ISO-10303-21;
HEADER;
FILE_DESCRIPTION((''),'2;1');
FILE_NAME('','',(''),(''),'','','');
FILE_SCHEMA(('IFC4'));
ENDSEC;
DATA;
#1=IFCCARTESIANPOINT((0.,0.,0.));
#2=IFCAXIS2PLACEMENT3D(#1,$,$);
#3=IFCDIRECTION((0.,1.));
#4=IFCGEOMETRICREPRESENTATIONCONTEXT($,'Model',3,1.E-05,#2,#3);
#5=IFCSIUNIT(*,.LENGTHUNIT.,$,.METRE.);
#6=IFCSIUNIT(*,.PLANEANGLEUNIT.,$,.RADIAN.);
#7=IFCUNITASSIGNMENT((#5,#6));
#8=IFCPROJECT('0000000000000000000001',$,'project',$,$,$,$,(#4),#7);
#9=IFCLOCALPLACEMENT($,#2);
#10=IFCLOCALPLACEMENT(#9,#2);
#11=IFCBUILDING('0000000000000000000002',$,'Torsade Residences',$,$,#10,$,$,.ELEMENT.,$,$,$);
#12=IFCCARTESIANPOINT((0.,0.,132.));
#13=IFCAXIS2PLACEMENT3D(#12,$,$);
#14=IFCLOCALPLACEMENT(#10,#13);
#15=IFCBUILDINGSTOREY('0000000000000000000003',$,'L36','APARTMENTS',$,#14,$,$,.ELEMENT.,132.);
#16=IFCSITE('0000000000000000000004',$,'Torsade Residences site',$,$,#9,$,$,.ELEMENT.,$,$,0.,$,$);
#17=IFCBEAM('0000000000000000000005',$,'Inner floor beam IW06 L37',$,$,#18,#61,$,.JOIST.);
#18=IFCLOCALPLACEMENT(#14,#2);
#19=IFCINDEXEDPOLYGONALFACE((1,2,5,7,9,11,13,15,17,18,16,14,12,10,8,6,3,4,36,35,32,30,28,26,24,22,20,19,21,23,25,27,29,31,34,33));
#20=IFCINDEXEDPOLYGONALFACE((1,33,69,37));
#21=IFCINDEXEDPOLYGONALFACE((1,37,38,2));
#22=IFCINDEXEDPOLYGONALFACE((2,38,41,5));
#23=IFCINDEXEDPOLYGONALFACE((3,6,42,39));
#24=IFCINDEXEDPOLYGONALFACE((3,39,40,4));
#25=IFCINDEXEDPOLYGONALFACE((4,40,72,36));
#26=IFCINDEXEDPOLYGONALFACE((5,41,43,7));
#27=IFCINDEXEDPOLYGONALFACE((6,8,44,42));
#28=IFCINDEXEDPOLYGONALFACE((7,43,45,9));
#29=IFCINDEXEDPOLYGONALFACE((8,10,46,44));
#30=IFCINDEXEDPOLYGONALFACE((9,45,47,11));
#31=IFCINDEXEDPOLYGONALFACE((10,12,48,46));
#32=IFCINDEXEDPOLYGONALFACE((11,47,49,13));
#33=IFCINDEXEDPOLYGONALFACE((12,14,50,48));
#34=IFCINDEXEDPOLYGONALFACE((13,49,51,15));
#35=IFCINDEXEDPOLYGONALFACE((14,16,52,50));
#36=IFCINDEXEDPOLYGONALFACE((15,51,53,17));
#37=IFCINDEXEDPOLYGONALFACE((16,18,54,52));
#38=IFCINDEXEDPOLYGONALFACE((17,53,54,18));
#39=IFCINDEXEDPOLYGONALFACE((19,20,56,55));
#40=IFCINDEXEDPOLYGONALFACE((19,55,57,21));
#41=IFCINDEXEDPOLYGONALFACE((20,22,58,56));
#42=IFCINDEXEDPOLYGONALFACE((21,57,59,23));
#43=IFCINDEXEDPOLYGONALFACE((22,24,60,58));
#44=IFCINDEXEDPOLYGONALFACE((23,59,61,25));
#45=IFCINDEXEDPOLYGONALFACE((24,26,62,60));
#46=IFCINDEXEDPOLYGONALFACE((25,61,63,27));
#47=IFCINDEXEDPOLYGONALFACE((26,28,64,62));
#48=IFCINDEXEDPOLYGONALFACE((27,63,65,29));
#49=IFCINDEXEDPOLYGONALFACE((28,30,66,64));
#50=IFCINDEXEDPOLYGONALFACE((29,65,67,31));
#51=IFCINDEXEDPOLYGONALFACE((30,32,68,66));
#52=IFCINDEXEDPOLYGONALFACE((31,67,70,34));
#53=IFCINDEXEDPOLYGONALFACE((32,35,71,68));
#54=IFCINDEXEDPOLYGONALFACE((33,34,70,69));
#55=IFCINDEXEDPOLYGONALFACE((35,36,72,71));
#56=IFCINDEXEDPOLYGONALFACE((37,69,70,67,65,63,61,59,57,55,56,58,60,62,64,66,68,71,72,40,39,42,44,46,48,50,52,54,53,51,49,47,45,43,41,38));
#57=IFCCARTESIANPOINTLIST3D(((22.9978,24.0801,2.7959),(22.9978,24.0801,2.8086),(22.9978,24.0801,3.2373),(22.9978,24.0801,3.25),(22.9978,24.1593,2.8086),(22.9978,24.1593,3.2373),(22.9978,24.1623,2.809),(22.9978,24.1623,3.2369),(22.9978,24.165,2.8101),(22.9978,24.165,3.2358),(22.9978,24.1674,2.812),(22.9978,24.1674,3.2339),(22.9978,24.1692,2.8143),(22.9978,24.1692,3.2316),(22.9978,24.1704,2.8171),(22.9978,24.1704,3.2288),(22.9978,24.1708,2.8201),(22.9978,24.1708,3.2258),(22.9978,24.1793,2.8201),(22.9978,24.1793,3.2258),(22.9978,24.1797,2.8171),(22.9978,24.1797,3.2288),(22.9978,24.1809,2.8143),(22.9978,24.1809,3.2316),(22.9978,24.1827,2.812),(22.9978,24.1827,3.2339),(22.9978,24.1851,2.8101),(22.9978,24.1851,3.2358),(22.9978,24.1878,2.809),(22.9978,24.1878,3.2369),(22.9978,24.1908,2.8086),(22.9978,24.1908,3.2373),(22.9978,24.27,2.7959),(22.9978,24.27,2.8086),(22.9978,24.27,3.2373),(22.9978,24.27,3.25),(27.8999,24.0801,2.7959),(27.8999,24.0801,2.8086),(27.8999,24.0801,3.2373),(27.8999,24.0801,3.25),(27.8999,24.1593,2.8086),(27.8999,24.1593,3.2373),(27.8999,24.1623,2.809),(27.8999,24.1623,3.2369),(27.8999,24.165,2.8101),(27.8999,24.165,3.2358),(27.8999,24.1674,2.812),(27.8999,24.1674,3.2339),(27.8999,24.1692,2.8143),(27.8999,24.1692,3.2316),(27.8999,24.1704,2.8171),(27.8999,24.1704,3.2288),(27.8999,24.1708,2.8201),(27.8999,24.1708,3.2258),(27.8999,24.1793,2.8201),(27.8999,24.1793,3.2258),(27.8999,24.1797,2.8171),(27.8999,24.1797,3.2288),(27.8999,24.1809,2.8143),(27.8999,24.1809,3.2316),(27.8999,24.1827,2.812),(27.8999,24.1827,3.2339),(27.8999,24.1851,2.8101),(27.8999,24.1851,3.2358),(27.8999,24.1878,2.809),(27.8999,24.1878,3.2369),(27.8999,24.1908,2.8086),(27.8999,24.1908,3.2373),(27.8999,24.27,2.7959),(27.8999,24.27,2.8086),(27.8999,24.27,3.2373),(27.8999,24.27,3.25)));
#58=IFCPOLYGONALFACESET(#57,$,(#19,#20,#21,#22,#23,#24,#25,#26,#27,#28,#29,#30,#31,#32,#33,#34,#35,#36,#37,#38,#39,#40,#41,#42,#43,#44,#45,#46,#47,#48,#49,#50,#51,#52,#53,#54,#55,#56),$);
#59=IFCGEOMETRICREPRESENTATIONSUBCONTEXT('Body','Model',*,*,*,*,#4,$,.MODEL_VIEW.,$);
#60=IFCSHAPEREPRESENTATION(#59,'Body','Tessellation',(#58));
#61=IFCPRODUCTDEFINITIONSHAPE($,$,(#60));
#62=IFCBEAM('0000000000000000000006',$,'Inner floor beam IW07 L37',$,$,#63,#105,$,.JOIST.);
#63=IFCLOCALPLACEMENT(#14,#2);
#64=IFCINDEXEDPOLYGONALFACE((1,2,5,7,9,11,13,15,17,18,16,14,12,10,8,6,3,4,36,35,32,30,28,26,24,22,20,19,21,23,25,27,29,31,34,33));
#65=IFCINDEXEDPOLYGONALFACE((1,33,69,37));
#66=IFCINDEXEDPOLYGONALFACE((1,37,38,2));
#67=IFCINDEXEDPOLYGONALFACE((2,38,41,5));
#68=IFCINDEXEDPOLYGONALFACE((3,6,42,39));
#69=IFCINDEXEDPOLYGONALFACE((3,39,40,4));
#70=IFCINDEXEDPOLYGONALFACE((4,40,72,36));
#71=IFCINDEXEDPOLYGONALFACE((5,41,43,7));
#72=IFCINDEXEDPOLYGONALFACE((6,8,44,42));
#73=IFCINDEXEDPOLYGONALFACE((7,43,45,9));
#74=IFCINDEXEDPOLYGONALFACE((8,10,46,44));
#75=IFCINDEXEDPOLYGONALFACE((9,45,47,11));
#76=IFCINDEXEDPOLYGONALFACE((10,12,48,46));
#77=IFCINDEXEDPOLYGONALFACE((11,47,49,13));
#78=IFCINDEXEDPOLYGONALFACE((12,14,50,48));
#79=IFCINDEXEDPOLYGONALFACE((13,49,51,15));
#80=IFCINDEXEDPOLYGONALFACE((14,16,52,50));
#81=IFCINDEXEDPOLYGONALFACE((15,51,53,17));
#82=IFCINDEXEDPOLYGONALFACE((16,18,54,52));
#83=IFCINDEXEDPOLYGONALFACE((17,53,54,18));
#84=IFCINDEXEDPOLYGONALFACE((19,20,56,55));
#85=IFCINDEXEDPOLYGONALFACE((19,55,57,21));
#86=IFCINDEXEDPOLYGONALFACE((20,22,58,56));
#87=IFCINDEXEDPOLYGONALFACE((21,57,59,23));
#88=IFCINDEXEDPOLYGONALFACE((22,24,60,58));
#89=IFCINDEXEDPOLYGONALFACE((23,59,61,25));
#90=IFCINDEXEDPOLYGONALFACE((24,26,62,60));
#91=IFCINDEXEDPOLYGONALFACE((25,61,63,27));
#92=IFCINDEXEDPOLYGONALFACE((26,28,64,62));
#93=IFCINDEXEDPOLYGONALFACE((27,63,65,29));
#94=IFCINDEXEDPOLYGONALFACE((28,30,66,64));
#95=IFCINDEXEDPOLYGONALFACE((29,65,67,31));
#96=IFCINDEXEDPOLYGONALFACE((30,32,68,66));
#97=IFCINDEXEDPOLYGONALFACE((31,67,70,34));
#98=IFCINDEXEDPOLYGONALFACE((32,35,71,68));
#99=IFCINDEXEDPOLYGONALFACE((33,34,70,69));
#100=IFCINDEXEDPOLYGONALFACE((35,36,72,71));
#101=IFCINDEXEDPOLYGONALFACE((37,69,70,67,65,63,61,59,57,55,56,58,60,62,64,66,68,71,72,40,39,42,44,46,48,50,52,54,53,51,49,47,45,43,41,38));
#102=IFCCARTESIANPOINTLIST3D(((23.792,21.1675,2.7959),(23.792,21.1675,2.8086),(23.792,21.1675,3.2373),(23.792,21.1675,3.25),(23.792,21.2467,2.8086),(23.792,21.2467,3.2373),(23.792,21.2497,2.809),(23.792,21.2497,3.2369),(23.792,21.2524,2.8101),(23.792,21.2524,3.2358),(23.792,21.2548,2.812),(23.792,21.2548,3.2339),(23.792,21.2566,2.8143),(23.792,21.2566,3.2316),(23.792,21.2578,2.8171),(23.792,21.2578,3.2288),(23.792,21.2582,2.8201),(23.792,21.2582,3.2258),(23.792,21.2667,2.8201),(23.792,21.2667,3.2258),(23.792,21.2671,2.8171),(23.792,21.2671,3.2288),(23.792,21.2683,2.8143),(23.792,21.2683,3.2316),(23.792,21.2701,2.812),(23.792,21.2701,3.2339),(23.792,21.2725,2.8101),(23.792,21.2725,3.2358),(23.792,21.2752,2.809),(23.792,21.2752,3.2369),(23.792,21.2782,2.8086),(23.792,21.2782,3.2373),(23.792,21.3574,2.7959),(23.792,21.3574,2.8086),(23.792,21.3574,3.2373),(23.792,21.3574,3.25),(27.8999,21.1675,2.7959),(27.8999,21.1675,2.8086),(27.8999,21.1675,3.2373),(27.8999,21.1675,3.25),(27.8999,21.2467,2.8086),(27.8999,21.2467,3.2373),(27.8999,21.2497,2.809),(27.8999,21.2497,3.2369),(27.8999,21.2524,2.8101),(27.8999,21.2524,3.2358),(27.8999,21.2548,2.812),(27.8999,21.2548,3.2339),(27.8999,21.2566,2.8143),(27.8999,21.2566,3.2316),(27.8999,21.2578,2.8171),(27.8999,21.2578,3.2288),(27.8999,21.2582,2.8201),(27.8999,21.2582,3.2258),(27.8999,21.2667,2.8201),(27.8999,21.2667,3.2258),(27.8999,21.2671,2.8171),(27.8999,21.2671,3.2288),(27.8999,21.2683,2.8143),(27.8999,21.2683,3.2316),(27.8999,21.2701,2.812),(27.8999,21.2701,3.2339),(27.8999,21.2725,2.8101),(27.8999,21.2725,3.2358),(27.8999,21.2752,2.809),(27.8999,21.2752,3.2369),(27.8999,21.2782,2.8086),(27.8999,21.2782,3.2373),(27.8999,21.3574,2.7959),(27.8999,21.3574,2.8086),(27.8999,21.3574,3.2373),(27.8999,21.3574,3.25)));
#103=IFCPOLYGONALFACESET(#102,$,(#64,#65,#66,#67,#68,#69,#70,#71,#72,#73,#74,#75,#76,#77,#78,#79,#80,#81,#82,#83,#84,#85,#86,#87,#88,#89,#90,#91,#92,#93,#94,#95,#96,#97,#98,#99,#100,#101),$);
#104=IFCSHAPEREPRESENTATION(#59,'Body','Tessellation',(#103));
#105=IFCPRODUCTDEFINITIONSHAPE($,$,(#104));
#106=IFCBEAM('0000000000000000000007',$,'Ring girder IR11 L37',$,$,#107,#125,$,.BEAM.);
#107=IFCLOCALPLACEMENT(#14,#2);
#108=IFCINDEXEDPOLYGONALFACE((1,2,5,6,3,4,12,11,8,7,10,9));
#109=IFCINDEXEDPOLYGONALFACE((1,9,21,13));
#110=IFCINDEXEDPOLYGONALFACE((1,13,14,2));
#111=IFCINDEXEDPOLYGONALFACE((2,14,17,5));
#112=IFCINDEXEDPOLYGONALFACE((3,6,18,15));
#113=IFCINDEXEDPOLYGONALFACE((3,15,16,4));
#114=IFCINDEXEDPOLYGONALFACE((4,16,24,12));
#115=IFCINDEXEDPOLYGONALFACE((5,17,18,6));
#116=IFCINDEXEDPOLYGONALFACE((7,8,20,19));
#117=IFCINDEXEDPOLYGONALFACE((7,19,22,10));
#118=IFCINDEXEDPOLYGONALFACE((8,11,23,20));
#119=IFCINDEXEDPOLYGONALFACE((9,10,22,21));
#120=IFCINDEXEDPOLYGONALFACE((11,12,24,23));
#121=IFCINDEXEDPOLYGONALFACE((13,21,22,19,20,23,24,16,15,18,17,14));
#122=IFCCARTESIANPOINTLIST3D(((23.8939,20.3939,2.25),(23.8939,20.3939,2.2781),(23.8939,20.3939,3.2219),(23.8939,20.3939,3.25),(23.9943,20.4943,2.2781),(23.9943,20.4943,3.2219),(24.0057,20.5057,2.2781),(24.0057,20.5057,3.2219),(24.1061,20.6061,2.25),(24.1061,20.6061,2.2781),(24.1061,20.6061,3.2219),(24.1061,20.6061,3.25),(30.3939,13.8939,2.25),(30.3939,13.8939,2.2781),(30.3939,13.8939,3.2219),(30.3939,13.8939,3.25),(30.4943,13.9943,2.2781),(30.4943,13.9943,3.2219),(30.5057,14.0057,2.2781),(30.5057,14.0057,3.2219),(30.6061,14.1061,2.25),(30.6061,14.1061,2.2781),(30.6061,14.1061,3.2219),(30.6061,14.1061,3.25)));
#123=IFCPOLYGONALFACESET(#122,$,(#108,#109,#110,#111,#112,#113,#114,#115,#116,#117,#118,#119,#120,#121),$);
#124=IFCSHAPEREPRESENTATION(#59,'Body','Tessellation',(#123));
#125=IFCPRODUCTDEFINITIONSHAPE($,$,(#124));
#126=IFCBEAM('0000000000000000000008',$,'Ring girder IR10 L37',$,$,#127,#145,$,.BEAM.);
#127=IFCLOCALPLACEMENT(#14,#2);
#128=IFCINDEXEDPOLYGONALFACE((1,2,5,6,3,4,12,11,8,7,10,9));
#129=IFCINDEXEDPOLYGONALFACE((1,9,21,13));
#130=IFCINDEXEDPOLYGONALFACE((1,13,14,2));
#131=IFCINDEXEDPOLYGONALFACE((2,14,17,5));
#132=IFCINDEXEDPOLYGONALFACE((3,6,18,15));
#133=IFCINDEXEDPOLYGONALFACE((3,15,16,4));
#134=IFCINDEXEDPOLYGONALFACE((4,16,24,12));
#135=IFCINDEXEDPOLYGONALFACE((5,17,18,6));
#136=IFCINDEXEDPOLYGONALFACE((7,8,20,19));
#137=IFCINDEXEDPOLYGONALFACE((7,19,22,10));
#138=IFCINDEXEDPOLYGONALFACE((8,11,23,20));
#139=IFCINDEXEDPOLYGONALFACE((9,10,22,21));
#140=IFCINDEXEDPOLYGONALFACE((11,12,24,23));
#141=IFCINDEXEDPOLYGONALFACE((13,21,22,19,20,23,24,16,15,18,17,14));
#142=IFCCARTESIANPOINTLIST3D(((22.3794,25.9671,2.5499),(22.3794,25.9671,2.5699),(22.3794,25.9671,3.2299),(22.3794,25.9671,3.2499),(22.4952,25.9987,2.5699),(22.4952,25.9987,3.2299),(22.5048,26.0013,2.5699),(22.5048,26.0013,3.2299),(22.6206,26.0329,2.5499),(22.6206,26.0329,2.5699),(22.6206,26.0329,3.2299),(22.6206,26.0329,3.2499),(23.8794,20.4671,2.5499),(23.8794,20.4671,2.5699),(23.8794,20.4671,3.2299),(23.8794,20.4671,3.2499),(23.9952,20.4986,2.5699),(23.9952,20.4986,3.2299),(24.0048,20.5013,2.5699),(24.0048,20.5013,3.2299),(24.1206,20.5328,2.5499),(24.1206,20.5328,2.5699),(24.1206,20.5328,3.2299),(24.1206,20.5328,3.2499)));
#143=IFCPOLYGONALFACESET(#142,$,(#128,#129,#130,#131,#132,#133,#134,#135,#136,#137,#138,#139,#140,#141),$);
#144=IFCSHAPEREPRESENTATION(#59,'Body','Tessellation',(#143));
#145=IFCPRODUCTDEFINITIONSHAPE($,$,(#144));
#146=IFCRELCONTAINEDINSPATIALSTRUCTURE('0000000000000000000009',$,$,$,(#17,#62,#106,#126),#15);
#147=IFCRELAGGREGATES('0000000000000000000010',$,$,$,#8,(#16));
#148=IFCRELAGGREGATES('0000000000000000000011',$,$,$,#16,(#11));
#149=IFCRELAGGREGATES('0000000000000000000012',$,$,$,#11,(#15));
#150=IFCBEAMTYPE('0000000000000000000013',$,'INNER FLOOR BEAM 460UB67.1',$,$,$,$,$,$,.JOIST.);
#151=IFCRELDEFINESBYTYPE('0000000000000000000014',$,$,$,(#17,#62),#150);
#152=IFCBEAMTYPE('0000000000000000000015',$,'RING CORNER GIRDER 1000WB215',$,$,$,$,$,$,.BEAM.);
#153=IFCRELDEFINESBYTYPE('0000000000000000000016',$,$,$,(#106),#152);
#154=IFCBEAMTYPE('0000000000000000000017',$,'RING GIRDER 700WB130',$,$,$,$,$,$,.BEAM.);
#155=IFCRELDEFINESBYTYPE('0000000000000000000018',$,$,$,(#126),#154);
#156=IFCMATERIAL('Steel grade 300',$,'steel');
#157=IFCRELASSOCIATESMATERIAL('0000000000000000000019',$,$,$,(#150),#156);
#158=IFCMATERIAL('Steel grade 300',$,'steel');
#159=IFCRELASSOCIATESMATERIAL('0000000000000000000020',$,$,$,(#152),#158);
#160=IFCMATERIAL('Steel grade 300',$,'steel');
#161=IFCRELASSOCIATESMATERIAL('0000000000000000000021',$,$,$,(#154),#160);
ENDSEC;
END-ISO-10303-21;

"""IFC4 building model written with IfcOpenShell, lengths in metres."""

from ifc_helpers import new_model, si_unit, direction, frame, origin, origin_2d, place, context, subcontext, project, spatial, i_section, extrude, material, material_profile, profile_set, type_object, element, save


model = new_model("IFC4")

# Units and contexts
model_context = context("Model", 3, precision=1e-05, world=origin(), true_north=direction((0.0, 1.0)))
body_context = subcontext(model_context, "Body", "Model", "MODEL_VIEW")
ifc_project = project(units=[si_unit("LENGTHUNIT", "METRE"), si_unit("PLANEANGLEUNIT", "RADIAN")], contexts=[model_context])

# Site, building, storey
site_placement = place(None, origin())
site = spatial("IfcSite", under=ifc_project, at=site_placement, Name="Torsade Residences site", CompositionType="ELEMENT", RefElevation=0.0)
building_placement = place(site_placement, origin())
building = spatial("IfcBuilding", under=site, at=building_placement, Name="Torsade Residences", CompositionType="ELEMENT")
storey_placement = place(building_placement, frame((0.0, 0.0, 132.0)))
storey = spatial("IfcBuildingStorey", under=building, at=storey_placement, Name="L36", Description="APARTMENTS", CompositionType="ELEMENT", Elevation=132.0)

# Beams
ifc_material_1 = material(Name="Steel grade 300", Category="steel")
ifc_material_profile_1 = material_profile(ifc_material_1, i_section(OverallWidth=0.1899, OverallDepth=0.4541, WebThickness=0.0085, FlangeThickness=0.0127, FilletRadius=0.0115, at=origin_2d()), Name="460UB67.1")
ifc_profile_set_1 = profile_set([ifc_material_profile_1], Name="Steel grade 300")
beam_type_1 = type_object("IfcBeamType", Name="INNER FLOOR BEAM 460UB67.1", PredefinedType="JOIST", material=ifc_profile_set_1)
beam_1_placement = place(storey_placement, frame((27.8999, 24.175, 3.0229), z_axis=(-1.0, 0.0, 0.0), x_axis=(0.0, -1.0, 0.0)))
element("IfcBeam", 1, at=beam_1_placement, inside=storey, type_object=beam_type_1, Name="Inner floor beam IW06 L37", PredefinedType="JOIST", context=body_context, shape_type="SweptSolid", body=[
    extrude(i_section(OverallWidth=0.1899, OverallDepth=0.4541, WebThickness=0.0085, FlangeThickness=0.0127, FilletRadius=0.0115, at=origin_2d()), origin(), (0.0, 0.0, 1.0), 4.9021),
])
beam_2_placement = place(storey_placement, frame((27.8999, 21.2625, 3.0229), z_axis=(-1.0, 0.0, 0.0), x_axis=(0.0, -1.0, 0.0)))
element("IfcBeam", 2, at=beam_2_placement, inside=storey, type_object=beam_type_1, Name="Inner floor beam IW07 L37", PredefinedType="JOIST", context=body_context, shape_type="SweptSolid", body=[
    extrude(i_section(OverallWidth=0.1899, OverallDepth=0.4541, WebThickness=0.0085, FlangeThickness=0.0127, FilletRadius=0.0115, at=origin_2d()), origin(), (0.0, 0.0, 1.0), 4.1079),
])
ifc_material_2 = material(Name="Steel grade 300", Category="steel")
ifc_material_profile_2 = material_profile(ifc_material_2, i_section(OverallWidth=0.3, OverallDepth=1.0, WebThickness=0.0161, FlangeThickness=0.0281, at=origin_2d()), Name="1000WB215")
ifc_profile_set_2 = profile_set([ifc_material_profile_2], Name="Steel grade 300")
beam_type_2 = type_object("IfcBeamType", Name="RING CORNER GIRDER 1000WB215", PredefinedType="BEAM", material=ifc_profile_set_2)
beam_3_placement = place(storey_placement, frame((24.0, 20.5, 2.75), z_axis=(0.707107, -0.707107, 0.0), x_axis=(0.707107, 0.707107, 0.0)))
element("IfcBeam", 3, at=beam_3_placement, inside=storey, type_object=beam_type_2, Name="Ring girder IR11 L37", PredefinedType="BEAM", context=body_context, shape_type="SweptSolid", body=[
    extrude(i_section(OverallWidth=0.3, OverallDepth=1.0, WebThickness=0.0161, FlangeThickness=0.0281, at=origin_2d()), origin(), (0.0, 0.0, 1.0), 9.1924),
])
ifc_material_3 = material(Name="Steel grade 300", Category="steel")
ifc_material_profile_3 = material_profile(ifc_material_3, i_section(OverallWidth=0.25, OverallDepth=0.7, WebThickness=0.01, FlangeThickness=0.02, at=origin_2d()), Name="700WB130")
ifc_profile_set_3 = profile_set([ifc_material_profile_3], Name="Steel grade 300")
beam_type_3 = type_object("IfcBeamType", Name="RING GIRDER 700WB130", PredefinedType="BEAM", material=ifc_profile_set_3)
beam_4_placement = place(storey_placement, frame((22.5, 26.0, 2.8999), z_axis=(0.263117, -0.964764, 0.0), x_axis=(0.964764, 0.263117, 0.0)))
element("IfcBeam", 4, at=beam_4_placement, inside=storey, type_object=beam_type_3, Name="Ring girder IR10 L37", PredefinedType="BEAM", context=body_context, shape_type="SweptSolid", body=[
    extrude(i_section(OverallWidth=0.25, OverallDepth=0.7, WebThickness=0.01, FlangeThickness=0.02, at=origin_2d()), origin(), (0.0, 0.0, 1.0), 5.7009),
])

save(model, "model.ifc")
